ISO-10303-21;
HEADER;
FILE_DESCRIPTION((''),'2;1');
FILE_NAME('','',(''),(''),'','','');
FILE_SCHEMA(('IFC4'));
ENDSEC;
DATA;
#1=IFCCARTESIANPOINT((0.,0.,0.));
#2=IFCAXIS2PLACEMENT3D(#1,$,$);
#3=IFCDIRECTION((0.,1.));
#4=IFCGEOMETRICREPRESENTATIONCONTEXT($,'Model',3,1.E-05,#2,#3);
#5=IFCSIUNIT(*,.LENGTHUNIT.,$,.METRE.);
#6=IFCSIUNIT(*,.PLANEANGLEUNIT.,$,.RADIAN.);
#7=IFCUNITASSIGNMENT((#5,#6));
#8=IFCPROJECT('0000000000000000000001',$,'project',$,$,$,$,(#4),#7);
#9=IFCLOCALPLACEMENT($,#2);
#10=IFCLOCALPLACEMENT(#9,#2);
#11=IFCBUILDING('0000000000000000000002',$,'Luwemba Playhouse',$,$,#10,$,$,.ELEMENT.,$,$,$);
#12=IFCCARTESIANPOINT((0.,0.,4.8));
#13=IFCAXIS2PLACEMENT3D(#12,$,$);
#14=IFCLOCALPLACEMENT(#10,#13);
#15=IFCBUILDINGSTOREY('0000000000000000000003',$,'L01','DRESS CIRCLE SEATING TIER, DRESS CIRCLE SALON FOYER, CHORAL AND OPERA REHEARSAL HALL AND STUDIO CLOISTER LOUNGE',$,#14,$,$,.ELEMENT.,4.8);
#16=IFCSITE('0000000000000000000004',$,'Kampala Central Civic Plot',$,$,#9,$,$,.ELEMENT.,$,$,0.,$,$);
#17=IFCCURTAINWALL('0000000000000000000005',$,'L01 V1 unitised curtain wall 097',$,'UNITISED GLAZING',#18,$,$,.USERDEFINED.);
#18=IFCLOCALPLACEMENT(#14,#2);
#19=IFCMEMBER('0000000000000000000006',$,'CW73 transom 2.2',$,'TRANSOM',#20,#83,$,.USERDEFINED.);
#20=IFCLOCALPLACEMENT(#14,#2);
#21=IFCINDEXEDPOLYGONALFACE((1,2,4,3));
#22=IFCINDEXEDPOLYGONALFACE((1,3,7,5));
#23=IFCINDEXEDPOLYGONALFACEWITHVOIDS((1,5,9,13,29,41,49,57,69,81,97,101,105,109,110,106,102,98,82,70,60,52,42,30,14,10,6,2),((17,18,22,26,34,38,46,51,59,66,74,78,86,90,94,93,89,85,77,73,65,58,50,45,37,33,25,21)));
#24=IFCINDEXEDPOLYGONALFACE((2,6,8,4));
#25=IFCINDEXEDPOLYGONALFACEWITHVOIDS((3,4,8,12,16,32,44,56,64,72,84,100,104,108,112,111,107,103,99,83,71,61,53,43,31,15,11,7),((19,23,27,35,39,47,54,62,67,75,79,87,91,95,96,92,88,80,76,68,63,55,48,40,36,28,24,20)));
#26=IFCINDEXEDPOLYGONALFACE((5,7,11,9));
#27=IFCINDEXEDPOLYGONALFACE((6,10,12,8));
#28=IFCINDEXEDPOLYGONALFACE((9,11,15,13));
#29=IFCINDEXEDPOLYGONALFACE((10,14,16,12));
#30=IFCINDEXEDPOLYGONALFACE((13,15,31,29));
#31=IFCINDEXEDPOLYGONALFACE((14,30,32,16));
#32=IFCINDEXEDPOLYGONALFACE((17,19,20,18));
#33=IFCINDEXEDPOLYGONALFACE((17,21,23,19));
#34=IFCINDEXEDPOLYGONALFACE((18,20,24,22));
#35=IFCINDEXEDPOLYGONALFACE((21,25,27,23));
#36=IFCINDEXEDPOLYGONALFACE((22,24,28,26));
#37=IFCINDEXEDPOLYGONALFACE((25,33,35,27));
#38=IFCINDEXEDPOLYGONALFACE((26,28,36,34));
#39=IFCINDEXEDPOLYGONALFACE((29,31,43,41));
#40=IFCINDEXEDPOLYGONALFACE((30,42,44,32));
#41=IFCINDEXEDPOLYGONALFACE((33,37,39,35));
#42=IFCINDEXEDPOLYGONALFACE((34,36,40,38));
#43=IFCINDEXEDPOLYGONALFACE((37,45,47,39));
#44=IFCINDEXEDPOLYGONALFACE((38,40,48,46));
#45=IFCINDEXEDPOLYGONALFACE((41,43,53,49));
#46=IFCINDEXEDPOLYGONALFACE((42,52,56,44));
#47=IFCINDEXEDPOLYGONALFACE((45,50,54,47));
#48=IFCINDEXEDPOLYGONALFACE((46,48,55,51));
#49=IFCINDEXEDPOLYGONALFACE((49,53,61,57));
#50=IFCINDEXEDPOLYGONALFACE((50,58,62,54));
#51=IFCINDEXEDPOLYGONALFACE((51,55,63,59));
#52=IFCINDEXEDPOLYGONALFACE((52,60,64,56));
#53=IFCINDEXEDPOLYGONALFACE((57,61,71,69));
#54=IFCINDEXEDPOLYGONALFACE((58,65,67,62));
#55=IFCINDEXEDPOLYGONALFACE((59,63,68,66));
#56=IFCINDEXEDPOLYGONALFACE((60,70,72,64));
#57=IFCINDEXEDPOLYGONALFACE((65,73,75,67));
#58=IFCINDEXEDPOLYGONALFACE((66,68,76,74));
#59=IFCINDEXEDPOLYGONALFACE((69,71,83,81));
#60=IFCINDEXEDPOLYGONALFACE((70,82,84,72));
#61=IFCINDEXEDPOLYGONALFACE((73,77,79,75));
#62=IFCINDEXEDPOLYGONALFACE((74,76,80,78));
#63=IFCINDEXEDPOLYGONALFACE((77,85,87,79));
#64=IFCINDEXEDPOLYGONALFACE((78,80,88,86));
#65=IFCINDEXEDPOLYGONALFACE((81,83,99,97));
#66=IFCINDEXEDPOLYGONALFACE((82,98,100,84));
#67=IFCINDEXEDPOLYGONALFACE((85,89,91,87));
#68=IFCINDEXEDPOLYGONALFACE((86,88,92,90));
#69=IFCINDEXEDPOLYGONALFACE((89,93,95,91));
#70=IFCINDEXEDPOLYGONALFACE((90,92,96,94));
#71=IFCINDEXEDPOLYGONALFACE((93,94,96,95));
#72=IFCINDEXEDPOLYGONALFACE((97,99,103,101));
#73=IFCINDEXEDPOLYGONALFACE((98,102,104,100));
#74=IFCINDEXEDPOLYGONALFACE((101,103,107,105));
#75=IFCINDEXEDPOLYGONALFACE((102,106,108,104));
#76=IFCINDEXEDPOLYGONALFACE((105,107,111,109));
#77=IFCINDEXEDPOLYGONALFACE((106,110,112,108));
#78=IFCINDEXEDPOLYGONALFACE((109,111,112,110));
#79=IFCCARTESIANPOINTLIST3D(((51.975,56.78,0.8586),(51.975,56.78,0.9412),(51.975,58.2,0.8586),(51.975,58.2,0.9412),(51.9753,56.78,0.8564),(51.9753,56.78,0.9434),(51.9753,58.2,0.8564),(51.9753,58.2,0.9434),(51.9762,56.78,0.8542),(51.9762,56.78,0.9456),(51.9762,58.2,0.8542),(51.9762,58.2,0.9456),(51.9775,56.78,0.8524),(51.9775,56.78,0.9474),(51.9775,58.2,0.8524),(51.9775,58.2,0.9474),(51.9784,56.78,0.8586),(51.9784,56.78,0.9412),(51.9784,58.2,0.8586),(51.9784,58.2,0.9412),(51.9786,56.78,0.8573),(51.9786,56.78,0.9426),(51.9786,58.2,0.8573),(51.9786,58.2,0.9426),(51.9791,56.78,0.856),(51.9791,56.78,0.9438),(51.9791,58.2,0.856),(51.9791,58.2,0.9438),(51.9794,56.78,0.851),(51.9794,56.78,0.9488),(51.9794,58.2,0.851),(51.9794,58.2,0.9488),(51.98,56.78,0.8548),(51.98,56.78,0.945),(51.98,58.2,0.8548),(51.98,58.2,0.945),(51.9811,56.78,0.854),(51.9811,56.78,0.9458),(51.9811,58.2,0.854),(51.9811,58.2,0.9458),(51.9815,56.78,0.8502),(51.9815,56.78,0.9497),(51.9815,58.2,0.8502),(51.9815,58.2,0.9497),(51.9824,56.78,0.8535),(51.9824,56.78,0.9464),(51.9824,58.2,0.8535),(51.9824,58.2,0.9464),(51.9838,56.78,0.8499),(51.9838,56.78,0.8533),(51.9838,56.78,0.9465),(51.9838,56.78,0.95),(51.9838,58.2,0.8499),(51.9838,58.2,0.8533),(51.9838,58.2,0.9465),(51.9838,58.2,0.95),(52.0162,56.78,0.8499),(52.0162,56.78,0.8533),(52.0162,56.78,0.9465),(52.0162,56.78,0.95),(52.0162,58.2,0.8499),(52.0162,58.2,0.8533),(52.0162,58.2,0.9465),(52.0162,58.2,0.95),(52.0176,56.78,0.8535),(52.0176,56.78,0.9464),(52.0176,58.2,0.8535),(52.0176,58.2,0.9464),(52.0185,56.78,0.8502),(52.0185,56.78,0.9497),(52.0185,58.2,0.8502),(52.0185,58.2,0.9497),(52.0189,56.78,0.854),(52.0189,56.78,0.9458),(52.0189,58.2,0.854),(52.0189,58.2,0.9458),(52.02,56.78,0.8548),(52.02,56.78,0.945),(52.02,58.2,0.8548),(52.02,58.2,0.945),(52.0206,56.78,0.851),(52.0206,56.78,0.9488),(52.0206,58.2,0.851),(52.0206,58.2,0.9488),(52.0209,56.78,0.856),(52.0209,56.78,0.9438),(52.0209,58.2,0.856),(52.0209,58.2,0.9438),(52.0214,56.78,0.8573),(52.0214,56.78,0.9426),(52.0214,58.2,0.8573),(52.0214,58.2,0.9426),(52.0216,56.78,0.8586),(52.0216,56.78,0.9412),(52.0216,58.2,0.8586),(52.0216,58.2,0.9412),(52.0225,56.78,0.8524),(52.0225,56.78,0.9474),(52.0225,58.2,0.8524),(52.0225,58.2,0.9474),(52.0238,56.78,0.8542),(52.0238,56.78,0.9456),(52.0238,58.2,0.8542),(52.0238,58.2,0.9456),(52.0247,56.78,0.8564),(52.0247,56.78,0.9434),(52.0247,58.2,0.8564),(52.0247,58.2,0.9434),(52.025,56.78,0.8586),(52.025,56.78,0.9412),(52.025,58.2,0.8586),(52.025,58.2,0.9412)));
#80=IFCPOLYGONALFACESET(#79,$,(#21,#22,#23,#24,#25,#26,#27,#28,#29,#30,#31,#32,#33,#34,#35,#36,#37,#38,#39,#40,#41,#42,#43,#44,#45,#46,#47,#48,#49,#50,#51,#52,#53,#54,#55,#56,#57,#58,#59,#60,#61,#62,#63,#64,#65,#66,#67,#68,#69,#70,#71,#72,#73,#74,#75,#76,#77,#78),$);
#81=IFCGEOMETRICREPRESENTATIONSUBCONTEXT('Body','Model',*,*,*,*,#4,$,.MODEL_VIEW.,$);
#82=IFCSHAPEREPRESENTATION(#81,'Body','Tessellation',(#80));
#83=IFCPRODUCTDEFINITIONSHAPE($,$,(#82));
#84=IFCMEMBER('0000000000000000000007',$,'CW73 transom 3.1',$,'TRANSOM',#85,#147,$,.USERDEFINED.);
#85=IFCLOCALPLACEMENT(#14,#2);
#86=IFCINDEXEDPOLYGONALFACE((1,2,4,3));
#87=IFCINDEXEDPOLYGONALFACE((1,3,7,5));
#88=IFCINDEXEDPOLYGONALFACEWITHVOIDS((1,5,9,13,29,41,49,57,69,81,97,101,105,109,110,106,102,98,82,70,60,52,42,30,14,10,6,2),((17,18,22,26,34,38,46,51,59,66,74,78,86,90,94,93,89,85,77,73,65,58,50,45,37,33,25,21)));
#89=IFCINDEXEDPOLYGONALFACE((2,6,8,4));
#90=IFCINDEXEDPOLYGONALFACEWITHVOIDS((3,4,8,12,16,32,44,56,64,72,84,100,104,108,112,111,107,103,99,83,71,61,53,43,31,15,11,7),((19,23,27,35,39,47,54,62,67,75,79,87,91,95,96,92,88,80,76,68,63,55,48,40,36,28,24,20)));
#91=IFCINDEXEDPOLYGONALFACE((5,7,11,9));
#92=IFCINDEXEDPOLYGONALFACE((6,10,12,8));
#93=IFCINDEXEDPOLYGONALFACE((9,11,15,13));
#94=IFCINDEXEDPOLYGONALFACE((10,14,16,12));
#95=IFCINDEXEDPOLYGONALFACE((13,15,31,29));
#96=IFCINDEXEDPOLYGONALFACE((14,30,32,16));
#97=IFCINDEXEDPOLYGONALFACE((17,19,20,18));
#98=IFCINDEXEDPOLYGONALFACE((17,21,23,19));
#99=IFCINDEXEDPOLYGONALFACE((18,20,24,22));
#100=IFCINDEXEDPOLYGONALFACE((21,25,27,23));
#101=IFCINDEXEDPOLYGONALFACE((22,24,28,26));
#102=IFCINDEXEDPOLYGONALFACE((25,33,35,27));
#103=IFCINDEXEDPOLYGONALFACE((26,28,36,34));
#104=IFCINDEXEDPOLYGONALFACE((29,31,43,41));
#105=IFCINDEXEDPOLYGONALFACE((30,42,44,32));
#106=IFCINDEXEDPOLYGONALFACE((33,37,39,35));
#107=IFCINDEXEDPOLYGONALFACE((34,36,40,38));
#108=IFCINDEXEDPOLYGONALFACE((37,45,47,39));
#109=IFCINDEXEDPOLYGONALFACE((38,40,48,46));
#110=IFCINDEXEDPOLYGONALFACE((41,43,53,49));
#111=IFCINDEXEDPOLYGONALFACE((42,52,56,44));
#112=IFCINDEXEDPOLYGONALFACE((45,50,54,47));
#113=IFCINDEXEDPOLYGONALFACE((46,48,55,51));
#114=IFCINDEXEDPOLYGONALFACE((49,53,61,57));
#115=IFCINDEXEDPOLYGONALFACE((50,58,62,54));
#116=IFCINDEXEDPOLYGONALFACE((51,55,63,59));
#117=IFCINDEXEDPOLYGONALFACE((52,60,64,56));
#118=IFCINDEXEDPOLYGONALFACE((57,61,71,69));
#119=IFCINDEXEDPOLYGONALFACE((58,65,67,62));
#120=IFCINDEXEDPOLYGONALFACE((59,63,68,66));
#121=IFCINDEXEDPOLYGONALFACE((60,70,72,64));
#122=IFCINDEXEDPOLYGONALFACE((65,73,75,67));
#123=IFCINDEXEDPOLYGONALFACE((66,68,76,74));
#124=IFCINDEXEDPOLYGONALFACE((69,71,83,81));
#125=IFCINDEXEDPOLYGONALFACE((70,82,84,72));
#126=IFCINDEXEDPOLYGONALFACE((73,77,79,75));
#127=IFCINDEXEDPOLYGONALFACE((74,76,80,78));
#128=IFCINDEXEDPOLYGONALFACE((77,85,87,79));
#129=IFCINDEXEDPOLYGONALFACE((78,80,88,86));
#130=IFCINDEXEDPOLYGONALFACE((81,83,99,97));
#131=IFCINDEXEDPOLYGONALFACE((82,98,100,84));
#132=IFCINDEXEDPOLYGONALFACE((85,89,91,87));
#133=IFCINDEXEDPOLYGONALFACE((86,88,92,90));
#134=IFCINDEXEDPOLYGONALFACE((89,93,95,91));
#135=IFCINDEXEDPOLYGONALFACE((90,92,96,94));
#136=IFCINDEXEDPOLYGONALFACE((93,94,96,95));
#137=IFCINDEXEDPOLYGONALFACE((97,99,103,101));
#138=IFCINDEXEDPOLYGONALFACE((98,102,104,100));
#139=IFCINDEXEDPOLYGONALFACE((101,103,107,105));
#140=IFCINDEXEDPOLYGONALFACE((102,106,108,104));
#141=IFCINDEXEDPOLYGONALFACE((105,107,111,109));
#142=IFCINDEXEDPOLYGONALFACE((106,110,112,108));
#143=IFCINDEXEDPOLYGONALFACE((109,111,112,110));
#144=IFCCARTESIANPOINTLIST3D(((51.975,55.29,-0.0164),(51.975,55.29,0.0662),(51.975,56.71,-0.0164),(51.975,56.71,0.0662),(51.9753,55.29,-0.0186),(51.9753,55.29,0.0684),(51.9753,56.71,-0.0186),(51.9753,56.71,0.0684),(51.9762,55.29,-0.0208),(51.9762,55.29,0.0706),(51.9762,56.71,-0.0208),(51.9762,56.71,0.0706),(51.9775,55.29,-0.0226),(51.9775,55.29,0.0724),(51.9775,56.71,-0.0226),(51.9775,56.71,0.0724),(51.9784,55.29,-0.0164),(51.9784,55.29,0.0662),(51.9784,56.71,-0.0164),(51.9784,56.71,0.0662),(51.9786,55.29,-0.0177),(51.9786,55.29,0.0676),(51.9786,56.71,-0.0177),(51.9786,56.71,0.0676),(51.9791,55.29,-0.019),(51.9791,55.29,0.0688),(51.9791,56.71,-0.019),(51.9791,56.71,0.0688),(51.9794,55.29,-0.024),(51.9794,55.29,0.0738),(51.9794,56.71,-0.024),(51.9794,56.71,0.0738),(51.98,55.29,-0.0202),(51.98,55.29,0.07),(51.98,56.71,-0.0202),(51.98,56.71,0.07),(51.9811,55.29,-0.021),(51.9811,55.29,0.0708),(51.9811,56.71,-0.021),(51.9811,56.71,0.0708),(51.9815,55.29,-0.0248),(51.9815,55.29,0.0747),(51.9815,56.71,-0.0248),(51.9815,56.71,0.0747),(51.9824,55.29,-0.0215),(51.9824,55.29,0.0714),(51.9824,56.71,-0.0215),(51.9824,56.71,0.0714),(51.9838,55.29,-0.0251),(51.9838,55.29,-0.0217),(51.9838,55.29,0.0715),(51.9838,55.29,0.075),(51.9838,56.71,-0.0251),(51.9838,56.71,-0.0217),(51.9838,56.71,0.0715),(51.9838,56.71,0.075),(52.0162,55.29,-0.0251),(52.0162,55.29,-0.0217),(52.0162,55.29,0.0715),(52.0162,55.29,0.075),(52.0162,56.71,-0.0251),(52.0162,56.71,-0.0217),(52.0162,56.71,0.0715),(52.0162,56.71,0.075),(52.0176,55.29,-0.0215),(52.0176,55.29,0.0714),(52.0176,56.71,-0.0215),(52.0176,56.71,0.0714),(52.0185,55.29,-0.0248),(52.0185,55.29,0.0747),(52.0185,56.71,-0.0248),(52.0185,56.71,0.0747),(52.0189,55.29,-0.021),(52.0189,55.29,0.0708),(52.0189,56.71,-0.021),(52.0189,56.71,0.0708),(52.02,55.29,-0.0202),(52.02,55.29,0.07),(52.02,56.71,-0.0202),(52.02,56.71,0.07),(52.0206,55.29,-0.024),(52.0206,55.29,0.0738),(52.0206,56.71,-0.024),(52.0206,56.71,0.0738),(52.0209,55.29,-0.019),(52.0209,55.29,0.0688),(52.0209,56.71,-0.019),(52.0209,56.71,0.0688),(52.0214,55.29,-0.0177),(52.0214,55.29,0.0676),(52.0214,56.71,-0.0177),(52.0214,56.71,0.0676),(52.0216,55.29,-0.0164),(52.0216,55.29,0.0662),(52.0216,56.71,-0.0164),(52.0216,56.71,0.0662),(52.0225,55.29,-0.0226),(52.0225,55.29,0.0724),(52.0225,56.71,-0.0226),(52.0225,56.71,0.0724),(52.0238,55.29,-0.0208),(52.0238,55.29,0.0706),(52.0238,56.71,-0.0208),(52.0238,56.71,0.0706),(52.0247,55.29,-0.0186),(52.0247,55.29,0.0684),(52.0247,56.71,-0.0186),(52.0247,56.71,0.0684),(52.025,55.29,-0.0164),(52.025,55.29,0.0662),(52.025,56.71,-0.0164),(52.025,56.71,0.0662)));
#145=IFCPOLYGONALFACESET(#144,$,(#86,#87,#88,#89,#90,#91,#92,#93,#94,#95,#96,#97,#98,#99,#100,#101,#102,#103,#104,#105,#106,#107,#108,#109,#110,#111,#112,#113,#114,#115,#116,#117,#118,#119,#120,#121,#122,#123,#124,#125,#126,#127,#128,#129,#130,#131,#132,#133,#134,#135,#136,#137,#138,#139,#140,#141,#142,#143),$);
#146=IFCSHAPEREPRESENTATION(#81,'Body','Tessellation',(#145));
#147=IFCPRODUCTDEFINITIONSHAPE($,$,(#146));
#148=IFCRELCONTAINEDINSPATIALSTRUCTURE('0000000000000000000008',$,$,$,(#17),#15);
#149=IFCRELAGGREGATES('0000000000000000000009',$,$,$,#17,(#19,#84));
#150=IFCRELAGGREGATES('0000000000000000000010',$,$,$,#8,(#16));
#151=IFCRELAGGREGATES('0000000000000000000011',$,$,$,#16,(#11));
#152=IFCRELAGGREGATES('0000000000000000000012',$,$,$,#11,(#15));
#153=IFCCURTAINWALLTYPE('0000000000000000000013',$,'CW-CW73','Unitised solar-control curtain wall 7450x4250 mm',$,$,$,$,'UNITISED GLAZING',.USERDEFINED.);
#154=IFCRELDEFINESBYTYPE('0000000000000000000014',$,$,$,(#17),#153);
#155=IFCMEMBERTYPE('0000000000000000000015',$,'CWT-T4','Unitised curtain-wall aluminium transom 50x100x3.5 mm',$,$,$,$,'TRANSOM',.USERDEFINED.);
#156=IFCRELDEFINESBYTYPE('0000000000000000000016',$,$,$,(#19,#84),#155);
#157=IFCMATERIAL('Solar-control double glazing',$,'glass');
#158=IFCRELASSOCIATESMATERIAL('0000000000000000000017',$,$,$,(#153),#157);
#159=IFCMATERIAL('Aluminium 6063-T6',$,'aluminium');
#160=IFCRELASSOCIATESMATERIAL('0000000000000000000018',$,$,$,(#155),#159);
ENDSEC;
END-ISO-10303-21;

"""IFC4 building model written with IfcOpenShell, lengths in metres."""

from ifc_helpers import new_model, si_unit, direction, frame, origin, origin_2d, place, context, subcontext, project, spatial, hollow_rectangle, extrude, material, material_profile, profile_set, type_object, element, aggregate, save


model = new_model("IFC4")

# Units and contexts
model_context = context("Model", 3, precision=1e-05, world=origin(), true_north=direction((0.0, 1.0)))
body_context = subcontext(model_context, "Body", "Model", "MODEL_VIEW")
ifc_project = project(units=[si_unit("LENGTHUNIT", "METRE"), si_unit("PLANEANGLEUNIT", "RADIAN")], contexts=[model_context])

# Site, building, storey
site_placement = place(None, origin())
site = spatial("IfcSite", under=ifc_project, at=site_placement, Name="Kampala Central Civic Plot", CompositionType="ELEMENT", RefElevation=0.0)
building_placement = place(site_placement, origin())
building = spatial("IfcBuilding", under=site, at=building_placement, Name="Luwemba Playhouse", CompositionType="ELEMENT")
storey_placement = place(building_placement, frame((0.0, 0.0, 4.8)))
storey = spatial("IfcBuildingStorey", under=building, at=storey_placement, Name="L01", Description="DRESS CIRCLE SEATING TIER, DRESS CIRCLE SALON FOYER, CHORAL AND OPERA REHEARSAL HALL AND STUDIO CLOISTER LOUNGE", CompositionType="ELEMENT", Elevation=4.8)

# Curtain wall, members
ifc_material_1 = material(Name="Solar-control double glazing", Category="glass")
curtain_wall_type = type_object("IfcCurtainWallType", Name="CW-CW73", Description="Unitised solar-control curtain wall 7450x4250 mm", ElementType="UNITISED GLAZING", PredefinedType="USERDEFINED", material=ifc_material_1)
curtain_wall_placement = place(storey_placement, origin())
curtain_wall = element("IfcCurtainWall", 1, at=curtain_wall_placement, inside=storey, type_object=curtain_wall_type, Name="L01 V1 unitised curtain wall 097", ObjectType="UNITISED GLAZING", PredefinedType="USERDEFINED")
ifc_material_2 = material(Name="Aluminium 6063-T6", Category="aluminium")
ifc_material_profile_1 = material_profile(ifc_material_2, hollow_rectangle(XDim=0.05, YDim=0.1001, WallThickness=0.0034, InnerFilletRadius=0.0054, OuterFilletRadius=0.0088, at=origin_2d()))
ifc_profile_set_1 = profile_set([ifc_material_profile_1], Name="Aluminium 6063-T6")
member_type_1 = type_object("IfcMemberType", Name="CWT-T4", Description="Unitised curtain-wall aluminium transom 50x100x3.5 mm", ElementType="TRANSOM", PredefinedType="USERDEFINED", material=ifc_profile_set_1)
member_1_placement = place(storey_placement, frame((52.0, 58.2, 0.8999), z_axis=(0.0, -1.0, 0.0), x_axis=(1.0, 0.0, 0.0)))
member_1 = element("IfcMember", 2, at=member_1_placement, type_object=member_type_1, Name="CW73 transom 2.2", ObjectType="TRANSOM", PredefinedType="USERDEFINED", context=body_context, shape_type="SweptSolid", body=[
    extrude(hollow_rectangle(XDim=0.05, YDim=0.1001, WallThickness=0.0034, InnerFilletRadius=0.0054, OuterFilletRadius=0.0088, at=origin_2d()), origin(), (0.0, 0.0, 1.0), 1.4199),
])
member_2_placement = place(storey_placement, frame((52.0, 56.71, 0.0249), z_axis=(0.0, -1.0, 0.0), x_axis=(1.0, 0.0, 0.0)))
member_2 = element("IfcMember", 3, at=member_2_placement, type_object=member_type_1, Name="CW73 transom 3.1", ObjectType="TRANSOM", PredefinedType="USERDEFINED", context=body_context, shape_type="SweptSolid", body=[
    extrude(hollow_rectangle(XDim=0.05, YDim=0.1001, WallThickness=0.0034, InnerFilletRadius=0.0054, OuterFilletRadius=0.0088, at=origin_2d()), origin(), (0.0, 0.0, 1.0), 1.4199),
])
aggregate(curtain_wall, [member_1, member_2])

save(model, "model.ifc")
